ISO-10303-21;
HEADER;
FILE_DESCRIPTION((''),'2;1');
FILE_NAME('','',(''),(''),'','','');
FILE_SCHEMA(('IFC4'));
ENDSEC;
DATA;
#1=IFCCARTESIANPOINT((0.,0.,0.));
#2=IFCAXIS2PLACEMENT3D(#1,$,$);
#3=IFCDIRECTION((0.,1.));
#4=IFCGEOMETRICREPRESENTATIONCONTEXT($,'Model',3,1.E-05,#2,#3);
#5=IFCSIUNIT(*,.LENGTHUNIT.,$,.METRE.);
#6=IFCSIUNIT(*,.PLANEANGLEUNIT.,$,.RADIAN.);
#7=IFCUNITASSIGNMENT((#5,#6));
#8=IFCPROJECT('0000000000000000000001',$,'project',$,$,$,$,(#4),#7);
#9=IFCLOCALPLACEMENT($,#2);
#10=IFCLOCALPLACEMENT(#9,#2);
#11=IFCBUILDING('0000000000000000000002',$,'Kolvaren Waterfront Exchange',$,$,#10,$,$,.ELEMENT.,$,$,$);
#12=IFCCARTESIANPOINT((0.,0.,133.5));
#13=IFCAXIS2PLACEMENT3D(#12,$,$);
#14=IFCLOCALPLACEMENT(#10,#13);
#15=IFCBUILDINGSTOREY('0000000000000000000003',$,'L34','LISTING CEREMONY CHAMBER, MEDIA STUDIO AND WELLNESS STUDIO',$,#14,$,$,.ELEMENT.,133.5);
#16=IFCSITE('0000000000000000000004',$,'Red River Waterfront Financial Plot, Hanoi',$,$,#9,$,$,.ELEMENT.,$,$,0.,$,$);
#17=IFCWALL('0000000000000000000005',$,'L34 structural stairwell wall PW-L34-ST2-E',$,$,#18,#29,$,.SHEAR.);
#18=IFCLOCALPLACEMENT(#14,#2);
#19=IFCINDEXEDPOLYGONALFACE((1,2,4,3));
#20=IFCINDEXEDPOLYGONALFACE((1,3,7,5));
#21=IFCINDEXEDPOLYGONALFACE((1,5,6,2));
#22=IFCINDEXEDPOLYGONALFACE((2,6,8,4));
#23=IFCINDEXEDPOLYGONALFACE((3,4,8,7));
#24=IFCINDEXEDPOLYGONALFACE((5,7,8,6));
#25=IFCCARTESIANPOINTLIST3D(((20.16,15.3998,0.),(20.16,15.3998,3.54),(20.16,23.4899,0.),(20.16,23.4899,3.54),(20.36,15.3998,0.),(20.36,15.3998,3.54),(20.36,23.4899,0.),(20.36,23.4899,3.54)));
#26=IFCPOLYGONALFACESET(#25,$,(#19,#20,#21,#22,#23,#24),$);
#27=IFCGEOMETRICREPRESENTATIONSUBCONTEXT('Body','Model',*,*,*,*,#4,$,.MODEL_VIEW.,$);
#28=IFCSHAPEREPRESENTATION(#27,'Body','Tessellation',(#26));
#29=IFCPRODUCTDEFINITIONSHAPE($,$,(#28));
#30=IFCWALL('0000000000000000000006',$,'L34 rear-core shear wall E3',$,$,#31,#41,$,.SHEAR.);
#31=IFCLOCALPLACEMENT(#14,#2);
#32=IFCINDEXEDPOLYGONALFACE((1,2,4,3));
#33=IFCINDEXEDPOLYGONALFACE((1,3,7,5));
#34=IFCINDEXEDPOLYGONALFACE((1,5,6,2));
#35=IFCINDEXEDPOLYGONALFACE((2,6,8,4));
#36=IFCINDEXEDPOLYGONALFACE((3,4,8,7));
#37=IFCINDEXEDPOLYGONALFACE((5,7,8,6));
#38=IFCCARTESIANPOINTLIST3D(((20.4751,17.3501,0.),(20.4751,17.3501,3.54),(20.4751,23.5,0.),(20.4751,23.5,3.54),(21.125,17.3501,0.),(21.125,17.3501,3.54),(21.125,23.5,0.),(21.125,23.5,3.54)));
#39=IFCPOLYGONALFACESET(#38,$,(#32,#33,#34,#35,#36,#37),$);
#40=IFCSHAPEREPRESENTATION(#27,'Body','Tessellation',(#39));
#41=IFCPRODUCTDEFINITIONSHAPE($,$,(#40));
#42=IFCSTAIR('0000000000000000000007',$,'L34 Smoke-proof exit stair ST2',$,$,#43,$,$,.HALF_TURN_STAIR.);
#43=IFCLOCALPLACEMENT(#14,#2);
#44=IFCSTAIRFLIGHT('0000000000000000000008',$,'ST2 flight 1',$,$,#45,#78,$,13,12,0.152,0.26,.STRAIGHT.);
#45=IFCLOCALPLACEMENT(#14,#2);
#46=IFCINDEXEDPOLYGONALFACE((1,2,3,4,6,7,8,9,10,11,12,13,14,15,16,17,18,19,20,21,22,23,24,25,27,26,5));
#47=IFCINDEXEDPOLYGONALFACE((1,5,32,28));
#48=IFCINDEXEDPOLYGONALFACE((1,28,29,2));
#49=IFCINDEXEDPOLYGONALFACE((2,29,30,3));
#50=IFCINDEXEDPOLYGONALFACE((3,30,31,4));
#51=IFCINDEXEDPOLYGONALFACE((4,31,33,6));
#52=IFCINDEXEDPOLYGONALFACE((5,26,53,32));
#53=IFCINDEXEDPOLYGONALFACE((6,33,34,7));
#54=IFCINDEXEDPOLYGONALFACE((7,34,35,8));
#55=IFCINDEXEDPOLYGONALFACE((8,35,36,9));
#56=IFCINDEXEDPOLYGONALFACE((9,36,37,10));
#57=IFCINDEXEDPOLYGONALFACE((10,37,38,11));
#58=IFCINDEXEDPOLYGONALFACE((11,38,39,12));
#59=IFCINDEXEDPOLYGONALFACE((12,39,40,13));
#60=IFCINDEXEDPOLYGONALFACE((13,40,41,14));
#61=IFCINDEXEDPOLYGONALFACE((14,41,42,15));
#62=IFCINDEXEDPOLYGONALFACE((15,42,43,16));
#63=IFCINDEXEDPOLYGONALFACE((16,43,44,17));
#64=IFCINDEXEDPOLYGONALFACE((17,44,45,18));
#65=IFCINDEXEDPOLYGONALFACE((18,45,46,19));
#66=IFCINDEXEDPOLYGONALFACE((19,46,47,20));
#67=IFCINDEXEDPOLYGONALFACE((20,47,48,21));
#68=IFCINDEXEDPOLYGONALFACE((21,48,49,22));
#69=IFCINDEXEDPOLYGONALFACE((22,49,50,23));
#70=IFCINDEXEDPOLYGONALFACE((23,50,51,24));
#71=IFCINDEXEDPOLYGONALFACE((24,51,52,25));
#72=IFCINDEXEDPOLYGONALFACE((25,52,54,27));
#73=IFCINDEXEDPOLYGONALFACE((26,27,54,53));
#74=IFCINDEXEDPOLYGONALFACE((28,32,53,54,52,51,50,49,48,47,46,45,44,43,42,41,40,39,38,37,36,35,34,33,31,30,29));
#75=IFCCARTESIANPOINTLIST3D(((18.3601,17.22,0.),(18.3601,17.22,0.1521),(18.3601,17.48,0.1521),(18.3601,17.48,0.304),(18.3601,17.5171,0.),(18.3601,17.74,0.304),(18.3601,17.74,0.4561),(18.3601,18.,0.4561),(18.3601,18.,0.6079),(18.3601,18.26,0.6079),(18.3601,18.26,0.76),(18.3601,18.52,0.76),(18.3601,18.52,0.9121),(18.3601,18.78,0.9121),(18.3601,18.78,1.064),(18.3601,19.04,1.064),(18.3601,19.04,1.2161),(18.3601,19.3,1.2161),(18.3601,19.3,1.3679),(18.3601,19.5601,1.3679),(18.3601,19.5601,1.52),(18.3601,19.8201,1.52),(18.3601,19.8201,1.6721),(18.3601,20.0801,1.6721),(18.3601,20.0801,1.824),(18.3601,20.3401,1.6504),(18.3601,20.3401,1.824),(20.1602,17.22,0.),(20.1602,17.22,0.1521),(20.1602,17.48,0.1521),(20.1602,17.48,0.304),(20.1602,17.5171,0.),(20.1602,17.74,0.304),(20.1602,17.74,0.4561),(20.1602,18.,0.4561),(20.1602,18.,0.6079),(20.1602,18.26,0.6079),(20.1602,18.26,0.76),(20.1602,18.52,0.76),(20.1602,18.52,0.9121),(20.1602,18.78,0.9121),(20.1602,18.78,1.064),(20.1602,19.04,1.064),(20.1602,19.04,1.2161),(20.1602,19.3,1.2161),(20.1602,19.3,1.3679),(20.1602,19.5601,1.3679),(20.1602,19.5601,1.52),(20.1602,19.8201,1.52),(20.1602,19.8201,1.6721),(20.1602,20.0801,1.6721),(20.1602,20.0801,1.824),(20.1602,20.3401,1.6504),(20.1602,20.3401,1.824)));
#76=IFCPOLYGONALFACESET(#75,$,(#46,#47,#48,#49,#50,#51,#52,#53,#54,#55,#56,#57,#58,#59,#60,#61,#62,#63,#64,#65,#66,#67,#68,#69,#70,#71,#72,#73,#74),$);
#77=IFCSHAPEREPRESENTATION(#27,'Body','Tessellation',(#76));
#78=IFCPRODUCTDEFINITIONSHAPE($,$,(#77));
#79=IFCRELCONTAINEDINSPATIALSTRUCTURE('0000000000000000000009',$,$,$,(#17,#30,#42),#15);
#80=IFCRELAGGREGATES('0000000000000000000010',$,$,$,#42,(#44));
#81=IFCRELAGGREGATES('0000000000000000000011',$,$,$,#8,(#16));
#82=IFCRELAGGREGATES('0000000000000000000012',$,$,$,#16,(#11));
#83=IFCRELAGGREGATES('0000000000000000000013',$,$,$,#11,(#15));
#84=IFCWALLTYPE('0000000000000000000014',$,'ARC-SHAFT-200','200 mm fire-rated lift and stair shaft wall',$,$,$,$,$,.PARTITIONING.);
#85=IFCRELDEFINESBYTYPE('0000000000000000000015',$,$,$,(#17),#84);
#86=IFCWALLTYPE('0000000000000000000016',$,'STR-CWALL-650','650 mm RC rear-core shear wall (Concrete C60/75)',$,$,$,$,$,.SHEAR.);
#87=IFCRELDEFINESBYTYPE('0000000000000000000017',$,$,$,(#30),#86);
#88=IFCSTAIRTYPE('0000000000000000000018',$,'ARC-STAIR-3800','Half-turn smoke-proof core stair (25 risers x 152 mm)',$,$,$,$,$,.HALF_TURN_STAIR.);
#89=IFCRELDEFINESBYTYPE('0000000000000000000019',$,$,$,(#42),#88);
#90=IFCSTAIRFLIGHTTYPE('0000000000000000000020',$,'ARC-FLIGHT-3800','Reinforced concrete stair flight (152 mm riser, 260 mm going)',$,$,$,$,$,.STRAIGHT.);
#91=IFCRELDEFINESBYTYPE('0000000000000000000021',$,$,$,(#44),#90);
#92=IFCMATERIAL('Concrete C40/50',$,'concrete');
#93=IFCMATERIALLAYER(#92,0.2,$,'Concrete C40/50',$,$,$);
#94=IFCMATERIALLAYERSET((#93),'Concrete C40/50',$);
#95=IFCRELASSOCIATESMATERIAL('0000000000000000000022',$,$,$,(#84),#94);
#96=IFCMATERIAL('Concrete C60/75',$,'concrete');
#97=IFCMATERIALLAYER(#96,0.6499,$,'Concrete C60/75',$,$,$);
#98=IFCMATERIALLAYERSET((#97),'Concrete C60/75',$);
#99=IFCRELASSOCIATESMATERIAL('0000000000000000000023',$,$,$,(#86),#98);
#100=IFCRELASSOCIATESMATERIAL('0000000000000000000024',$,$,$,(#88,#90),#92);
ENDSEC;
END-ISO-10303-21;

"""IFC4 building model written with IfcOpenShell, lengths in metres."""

from ifc_helpers import new_model, si_unit, direction, frame, frame_2d, origin, place, context, subcontext, project, spatial, polyline, rectangle, outline, extrude, material, layer, layer_set, type_object, element, aggregate, save


model = new_model("IFC4")

# Units and contexts
model_context = context("Model", 3, precision=1e-05, world=origin(), true_north=direction((0.0, 1.0)))
body_context = subcontext(model_context, "Body", "Model", "MODEL_VIEW")
ifc_project = project(units=[si_unit("LENGTHUNIT", "METRE"), si_unit("PLANEANGLEUNIT", "RADIAN")], contexts=[model_context])

# Site, building, storey
site_placement = place(None, origin())
site = spatial("IfcSite", under=ifc_project, at=site_placement, Name="Red River Waterfront Financial Plot, Hanoi", CompositionType="ELEMENT", RefElevation=0.0)
building_placement = place(site_placement, origin())
building = spatial("IfcBuilding", under=site, at=building_placement, Name="Kolvaren Waterfront Exchange", CompositionType="ELEMENT")
storey_placement = place(building_placement, frame((0.0, 0.0, 133.5)))
storey = spatial("IfcBuildingStorey", under=building, at=storey_placement, Name="L34", Description="LISTING CEREMONY CHAMBER, MEDIA STUDIO AND WELLNESS STUDIO", CompositionType="ELEMENT", Elevation=133.5)

# Shared definitions
ifc_material_1 = material(Name="Concrete C60/75", Category="concrete")

# Walls
ifc_material_2 = material(Name="Concrete C40/50", Category="concrete")
ifc_layer_1 = layer(ifc_material_2, 0.2, Name="Concrete C40/50")
ifc_layer_set_1 = layer_set([ifc_layer_1], Name="Concrete C40/50")
wall_type_1 = type_object("IfcWallType", Name="ARC-SHAFT-200", Description="200 mm fire-rated lift and stair shaft wall", PredefinedType="PARTITIONING", material=ifc_layer_set_1)
wall_1_placement = place(storey_placement, frame((20.26, 15.3999, 0.0), z_axis=(0.0, 0.0, 1.0), x_axis=(0.0, 1.0, 0.0)))
element("IfcWall", 1, at=wall_1_placement, inside=storey, type_object=wall_type_1, Name="L34 structural stairwell wall PW-L34-ST2-E", PredefinedType="SHEAR", context=body_context, shape_type="SweptSolid", body=[
    extrude(rectangle(XDim=8.0901, YDim=0.2, at=frame_2d((4.0449, 0.0))), origin(), (0.0, 0.0, 1.0), 3.54),
])
ifc_layer_2 = layer(ifc_material_1, 0.6499, Name="Concrete C60/75")
ifc_layer_set_2 = layer_set([ifc_layer_2], Name="Concrete C60/75")
wall_type_2 = type_object("IfcWallType", Name="STR-CWALL-650", Description="650 mm RC rear-core shear wall (Concrete C60/75)", PredefinedType="SHEAR", material=ifc_layer_set_2)
wall_2_placement = place(storey_placement, frame((20.8, 17.3501, 0.0), z_axis=(0.0, 0.0, 1.0), x_axis=(0.0, 1.0, 0.0)))
element("IfcWall", 2, at=wall_2_placement, inside=storey, type_object=wall_type_2, Name="L34 rear-core shear wall E3", PredefinedType="SHEAR", context=body_context, shape_type="SweptSolid", body=[
    extrude(rectangle(XDim=6.1499, YDim=0.6499, at=frame_2d((3.075, 0.0))), origin(), (0.0, 0.0, 1.0), 3.54),
])

# Stair, stair flight
stair_type = type_object("IfcStairType", Name="ARC-STAIR-3800", Description="Half-turn smoke-proof core stair (25 risers x 152 mm)", PredefinedType="HALF_TURN_STAIR", material=ifc_material_2)
stair_placement = place(storey_placement, origin())
stair = element("IfcStair", 3, at=stair_placement, inside=storey, type_object=stair_type, Name="L34 Smoke-proof exit stair ST2", PredefinedType="HALF_TURN_STAIR")
stair_flight_type = type_object("IfcStairFlightType", Name="ARC-FLIGHT-3800", Description="Reinforced concrete stair flight (152 mm riser, 260 mm going)", PredefinedType="STRAIGHT", material=ifc_material_2)
stair_flight_placement = place(storey_placement, frame((19.26, 17.22, 0.0), z_axis=(0.0, 0.0, 1.0), x_axis=(0.0, 1.0, 0.0)))
stair_flight = element("IfcStairFlight", 4, at=stair_flight_placement, type_object=stair_flight_type, Name="ST2 flight 1", NumberOfRisers=13, NumberOfTreads=12, PredefinedType="STRAIGHT", RiserHeight=0.152, TreadLength=0.26, context=body_context, shape_type="SweptSolid", body=[
    extrude(outline(polyline([(0.0, 0.0), (0.0, 0.1521), (0.26, 0.1521), (0.26, 0.304), (0.52, 0.304), (0.52, 0.4561), (0.78, 0.4561), (0.78, 0.6079), (1.04, 0.6079), (1.04, 0.76), (1.3, 0.76), (1.3, 0.9121), (1.5601, 0.9121), (1.5601, 1.064), (1.8201, 1.064), (1.8201, 1.2161), (2.0801, 1.2161), (2.0801, 1.3679), (2.3401, 1.3679), (2.3401, 1.52), (2.6001, 1.52), (2.6001, 1.6721), (2.8601, 1.6721), (2.8601, 1.824), (3.1201, 1.824), (3.1201, 1.9761), (3.1201, 1.6504), (0.2971, 0.0), (0.0, 0.0)])), frame((0.0, 0.8999, 0.0), z_axis=(0.0, -1.0, 0.0), x_axis=(1.0, 0.0, 0.0)), (0.0, 0.0, 1.0), 1.8),
])
aggregate(stair, [stair_flight])

save(model, "model.ifc")
